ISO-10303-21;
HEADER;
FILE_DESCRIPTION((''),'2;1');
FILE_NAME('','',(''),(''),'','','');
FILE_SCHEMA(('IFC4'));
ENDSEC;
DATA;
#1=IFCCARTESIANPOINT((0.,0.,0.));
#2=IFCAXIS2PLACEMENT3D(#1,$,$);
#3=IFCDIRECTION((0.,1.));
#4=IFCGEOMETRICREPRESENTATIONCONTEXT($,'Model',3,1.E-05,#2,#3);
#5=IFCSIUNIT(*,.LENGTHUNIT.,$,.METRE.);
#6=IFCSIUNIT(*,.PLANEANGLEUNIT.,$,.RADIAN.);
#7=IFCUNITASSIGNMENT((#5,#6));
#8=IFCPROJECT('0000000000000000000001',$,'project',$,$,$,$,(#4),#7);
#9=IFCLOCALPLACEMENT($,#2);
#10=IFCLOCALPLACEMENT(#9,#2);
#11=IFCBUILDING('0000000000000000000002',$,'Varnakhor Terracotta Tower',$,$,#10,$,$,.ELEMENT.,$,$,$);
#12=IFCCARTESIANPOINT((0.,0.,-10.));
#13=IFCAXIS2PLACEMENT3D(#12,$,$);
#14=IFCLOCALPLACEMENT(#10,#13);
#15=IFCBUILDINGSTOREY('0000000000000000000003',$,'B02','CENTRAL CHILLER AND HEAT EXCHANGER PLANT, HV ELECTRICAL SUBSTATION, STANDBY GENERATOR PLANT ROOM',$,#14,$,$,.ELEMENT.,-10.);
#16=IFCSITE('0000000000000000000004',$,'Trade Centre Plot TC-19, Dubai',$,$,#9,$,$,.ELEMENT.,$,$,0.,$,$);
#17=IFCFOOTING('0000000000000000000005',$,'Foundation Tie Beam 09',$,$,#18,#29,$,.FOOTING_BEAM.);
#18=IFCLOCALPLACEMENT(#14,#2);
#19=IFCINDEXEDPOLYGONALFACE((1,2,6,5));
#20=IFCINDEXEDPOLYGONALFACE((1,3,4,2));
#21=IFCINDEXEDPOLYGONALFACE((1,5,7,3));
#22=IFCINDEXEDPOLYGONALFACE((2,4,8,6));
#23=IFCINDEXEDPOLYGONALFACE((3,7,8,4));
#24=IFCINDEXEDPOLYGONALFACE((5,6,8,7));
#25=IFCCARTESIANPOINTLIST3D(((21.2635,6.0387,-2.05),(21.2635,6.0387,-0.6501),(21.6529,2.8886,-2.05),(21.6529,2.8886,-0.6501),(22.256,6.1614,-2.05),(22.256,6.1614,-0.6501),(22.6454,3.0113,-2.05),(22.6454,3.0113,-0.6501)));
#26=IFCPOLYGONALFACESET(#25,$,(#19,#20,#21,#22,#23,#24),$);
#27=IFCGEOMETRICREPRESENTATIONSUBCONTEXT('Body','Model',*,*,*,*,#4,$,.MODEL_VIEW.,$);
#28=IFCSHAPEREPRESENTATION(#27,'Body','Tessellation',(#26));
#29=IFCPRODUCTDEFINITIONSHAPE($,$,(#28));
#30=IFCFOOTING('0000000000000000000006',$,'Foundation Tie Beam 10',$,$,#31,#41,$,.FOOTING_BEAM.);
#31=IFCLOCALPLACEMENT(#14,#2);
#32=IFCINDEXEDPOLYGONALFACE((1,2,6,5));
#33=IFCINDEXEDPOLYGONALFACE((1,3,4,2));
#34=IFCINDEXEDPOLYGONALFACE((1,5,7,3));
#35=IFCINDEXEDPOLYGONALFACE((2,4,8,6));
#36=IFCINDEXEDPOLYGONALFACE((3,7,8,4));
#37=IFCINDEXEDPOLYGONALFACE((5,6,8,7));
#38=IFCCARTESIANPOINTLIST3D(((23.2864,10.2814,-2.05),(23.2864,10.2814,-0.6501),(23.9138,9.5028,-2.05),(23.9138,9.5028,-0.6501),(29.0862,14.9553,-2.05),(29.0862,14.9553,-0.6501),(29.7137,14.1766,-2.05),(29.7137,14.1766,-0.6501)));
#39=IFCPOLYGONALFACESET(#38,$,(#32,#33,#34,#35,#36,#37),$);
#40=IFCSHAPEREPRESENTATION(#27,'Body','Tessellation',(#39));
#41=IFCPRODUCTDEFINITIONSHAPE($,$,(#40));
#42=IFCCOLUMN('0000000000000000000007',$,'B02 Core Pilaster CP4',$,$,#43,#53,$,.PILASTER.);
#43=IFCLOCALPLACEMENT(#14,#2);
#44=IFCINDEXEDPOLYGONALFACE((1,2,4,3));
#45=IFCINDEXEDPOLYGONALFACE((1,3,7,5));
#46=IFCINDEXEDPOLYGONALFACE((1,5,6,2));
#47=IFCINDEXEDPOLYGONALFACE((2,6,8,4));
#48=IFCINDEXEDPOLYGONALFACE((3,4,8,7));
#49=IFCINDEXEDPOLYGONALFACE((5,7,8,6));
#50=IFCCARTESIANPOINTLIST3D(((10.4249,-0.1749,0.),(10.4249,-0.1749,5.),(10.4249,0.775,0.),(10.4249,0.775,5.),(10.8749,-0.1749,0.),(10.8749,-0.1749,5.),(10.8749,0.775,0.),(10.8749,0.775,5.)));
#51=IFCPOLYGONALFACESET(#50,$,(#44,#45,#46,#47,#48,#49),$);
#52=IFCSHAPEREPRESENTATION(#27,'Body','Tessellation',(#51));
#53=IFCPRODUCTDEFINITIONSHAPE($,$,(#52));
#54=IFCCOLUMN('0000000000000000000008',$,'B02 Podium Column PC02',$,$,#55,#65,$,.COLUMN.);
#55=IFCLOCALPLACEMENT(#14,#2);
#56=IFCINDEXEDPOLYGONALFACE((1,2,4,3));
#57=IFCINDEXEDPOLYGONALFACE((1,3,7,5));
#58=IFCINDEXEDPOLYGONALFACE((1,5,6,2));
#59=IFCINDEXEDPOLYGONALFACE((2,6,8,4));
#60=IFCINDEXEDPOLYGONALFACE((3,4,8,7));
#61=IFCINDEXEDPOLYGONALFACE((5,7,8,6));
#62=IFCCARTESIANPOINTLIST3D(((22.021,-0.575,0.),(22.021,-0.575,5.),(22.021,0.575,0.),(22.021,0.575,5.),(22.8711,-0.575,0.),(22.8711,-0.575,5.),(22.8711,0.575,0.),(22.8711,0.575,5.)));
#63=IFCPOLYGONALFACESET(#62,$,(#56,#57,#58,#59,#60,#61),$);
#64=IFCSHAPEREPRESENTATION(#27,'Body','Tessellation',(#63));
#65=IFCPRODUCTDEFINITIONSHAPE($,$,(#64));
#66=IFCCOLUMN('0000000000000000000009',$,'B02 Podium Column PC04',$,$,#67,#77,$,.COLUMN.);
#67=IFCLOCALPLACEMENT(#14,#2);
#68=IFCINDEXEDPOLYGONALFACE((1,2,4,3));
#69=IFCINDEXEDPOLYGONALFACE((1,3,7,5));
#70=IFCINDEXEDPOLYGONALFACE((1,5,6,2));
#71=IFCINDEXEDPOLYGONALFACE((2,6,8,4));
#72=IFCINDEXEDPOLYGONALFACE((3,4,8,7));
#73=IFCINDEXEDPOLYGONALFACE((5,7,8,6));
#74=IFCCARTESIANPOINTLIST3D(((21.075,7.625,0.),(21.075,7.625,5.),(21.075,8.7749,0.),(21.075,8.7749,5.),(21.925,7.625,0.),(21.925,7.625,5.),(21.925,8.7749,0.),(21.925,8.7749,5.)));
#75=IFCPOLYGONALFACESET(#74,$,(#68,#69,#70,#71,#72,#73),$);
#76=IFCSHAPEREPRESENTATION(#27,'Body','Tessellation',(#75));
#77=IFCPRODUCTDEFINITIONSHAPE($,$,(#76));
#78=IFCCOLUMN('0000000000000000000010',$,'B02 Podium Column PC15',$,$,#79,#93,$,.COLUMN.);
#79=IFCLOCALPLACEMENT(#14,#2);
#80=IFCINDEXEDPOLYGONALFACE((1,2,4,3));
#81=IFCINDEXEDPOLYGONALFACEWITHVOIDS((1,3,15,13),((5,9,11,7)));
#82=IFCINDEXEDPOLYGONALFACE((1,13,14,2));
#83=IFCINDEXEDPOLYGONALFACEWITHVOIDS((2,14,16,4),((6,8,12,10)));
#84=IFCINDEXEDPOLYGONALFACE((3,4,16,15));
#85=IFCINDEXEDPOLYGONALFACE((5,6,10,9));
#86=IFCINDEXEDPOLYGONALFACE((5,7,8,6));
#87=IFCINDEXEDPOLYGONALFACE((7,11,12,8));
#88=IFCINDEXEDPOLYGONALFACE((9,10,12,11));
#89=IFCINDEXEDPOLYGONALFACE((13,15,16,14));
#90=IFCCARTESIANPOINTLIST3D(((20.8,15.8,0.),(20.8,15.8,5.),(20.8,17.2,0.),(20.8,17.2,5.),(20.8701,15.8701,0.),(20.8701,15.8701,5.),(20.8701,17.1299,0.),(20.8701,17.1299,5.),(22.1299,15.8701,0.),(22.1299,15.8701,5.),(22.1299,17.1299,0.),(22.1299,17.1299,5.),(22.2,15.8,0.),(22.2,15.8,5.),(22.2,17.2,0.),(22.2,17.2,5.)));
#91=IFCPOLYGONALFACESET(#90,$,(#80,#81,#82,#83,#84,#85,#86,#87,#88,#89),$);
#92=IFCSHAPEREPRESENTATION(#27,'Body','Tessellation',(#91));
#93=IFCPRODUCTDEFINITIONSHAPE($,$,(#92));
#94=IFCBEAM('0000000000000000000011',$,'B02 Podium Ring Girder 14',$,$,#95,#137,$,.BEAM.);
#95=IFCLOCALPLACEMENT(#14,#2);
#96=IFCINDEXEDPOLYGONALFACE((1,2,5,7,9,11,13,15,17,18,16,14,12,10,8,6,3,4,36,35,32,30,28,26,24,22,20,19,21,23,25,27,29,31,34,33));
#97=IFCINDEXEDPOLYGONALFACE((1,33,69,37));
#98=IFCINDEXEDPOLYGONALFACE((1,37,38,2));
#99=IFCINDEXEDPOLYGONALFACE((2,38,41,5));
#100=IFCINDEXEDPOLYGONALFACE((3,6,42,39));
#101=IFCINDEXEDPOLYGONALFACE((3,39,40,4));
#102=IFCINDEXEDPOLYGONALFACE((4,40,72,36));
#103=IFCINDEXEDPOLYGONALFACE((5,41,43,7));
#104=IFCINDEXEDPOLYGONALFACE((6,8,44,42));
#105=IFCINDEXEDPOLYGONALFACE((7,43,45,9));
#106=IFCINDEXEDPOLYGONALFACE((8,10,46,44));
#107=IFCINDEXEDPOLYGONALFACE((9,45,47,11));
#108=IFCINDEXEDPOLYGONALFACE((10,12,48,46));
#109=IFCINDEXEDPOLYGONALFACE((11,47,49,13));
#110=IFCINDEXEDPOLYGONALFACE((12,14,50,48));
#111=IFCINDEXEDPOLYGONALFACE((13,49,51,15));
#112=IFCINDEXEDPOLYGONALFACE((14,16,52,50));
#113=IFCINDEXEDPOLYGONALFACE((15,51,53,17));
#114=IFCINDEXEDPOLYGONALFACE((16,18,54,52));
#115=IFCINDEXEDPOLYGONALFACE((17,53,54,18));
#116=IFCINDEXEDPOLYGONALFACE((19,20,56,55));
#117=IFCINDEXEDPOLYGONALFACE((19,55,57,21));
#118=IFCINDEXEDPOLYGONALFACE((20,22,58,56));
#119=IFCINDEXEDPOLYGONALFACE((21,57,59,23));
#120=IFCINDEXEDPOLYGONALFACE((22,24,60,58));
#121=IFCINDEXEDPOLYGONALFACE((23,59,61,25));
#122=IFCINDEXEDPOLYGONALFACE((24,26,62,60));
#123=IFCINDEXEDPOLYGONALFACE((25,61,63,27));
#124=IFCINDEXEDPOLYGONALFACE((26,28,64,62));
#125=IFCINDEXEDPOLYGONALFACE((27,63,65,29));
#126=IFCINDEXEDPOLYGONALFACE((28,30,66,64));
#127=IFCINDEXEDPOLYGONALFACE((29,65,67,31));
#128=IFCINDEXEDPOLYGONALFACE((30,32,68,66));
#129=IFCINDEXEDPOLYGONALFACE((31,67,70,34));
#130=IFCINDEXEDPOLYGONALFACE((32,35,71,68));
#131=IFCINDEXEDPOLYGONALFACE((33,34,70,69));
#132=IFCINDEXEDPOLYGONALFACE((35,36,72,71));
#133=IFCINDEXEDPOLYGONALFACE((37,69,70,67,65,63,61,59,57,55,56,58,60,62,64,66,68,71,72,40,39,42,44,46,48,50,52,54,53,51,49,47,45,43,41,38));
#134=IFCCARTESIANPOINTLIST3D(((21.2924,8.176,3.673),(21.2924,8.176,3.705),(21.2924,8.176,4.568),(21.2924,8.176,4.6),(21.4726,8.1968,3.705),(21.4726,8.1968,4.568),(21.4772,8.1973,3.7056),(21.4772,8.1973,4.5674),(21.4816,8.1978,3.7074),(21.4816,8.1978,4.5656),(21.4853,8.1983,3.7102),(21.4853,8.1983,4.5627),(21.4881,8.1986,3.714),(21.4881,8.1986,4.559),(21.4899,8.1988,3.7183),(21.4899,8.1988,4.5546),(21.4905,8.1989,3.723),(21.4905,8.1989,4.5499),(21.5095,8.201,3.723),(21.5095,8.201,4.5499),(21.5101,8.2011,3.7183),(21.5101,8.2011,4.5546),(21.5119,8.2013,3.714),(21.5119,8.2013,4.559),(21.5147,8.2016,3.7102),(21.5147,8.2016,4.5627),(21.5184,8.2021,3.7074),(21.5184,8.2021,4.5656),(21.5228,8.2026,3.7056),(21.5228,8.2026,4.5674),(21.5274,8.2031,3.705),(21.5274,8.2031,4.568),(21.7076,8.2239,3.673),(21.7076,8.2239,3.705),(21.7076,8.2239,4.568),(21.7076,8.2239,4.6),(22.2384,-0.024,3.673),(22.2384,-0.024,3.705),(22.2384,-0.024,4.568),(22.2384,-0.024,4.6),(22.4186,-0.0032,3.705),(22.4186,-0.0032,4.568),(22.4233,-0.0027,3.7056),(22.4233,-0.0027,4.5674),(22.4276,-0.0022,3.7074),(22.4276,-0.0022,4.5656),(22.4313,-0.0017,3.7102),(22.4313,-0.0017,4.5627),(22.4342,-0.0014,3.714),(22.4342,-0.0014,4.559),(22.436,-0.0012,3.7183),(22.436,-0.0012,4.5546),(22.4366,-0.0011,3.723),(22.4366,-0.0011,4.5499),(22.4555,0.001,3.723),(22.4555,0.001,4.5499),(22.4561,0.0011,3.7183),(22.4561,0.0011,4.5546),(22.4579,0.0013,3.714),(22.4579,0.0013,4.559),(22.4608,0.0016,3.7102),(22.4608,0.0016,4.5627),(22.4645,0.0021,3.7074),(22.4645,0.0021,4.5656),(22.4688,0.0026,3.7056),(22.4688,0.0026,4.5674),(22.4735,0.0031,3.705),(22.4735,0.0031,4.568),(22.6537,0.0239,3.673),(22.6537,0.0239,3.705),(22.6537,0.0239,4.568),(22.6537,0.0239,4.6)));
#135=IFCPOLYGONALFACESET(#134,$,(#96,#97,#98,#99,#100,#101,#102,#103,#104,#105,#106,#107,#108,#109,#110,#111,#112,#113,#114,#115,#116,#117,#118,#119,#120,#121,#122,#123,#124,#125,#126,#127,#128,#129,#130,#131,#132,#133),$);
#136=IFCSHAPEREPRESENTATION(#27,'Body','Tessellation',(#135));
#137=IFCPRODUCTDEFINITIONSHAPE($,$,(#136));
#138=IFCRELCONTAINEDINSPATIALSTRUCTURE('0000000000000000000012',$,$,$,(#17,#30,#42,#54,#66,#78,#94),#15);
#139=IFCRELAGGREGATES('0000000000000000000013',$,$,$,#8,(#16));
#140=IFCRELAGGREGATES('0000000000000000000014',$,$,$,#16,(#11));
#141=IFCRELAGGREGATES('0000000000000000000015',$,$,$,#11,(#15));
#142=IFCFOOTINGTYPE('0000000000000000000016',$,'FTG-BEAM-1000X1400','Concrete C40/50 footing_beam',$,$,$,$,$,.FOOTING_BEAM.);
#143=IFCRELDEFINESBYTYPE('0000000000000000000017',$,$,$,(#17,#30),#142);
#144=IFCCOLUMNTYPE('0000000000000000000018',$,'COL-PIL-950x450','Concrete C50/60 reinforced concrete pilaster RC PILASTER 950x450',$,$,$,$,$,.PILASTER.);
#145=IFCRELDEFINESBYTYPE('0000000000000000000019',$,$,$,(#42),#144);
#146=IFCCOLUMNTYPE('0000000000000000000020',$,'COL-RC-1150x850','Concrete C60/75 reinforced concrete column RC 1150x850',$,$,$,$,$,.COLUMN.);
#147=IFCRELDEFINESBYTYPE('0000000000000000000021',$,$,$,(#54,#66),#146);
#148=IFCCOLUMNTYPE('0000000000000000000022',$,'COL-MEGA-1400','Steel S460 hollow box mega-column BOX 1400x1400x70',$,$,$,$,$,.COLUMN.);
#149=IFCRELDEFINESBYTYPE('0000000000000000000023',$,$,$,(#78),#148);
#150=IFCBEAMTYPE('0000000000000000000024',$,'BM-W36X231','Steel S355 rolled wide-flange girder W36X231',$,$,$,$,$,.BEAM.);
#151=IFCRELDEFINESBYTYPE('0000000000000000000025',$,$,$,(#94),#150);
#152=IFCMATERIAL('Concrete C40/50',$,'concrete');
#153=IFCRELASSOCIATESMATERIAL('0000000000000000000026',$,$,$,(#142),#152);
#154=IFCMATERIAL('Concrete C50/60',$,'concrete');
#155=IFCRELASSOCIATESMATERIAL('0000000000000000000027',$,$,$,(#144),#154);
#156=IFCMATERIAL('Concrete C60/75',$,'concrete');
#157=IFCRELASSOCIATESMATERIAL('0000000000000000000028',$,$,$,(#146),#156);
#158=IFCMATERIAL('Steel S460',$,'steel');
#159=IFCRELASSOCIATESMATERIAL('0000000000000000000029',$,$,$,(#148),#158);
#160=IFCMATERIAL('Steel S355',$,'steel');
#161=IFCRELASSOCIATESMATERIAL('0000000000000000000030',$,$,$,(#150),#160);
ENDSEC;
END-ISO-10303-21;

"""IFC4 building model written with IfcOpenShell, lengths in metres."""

from ifc_helpers import new_model, si_unit, direction, frame, origin, origin_2d, place, context, subcontext, project, spatial, rectangle, hollow_rectangle, i_section, extrude, source, transform, mapped, material, material_profile, profile_set, type_object, type_shapes, element, save


model = new_model("IFC4")

# Units and contexts
model_context = context("Model", 3, precision=1e-05, world=origin(), true_north=direction((0.0, 1.0)))
body_context = subcontext(model_context, "Body", "Model", "MODEL_VIEW")
ifc_project = project(units=[si_unit("LENGTHUNIT", "METRE"), si_unit("PLANEANGLEUNIT", "RADIAN")], contexts=[model_context])

# Site, building, storey
site_placement = place(None, origin())
site = spatial("IfcSite", under=ifc_project, at=site_placement, Name="Trade Centre Plot TC-19, Dubai", CompositionType="ELEMENT", RefElevation=0.0)
building_placement = place(site_placement, origin())
building = spatial("IfcBuilding", under=site, at=building_placement, Name="Varnakhor Terracotta Tower", CompositionType="ELEMENT")
storey_placement = place(building_placement, frame((0.0, 0.0, -10.0)))
storey = spatial("IfcBuildingStorey", under=building, at=storey_placement, Name="B02", Description="CENTRAL CHILLER AND HEAT EXCHANGER PLANT, HV ELECTRICAL SUBSTATION, STANDBY GENERATOR PLANT ROOM", CompositionType="ELEMENT", Elevation=-10.0)

# Shared definitions
ifc_material_1 = material(Name="Concrete C40/50", Category="concrete")

# Footings
ifc_material_profile_1 = material_profile(ifc_material_1, rectangle(XDim=1.0, YDim=1.3999, at=origin_2d()), Name="TIE BEAM 1000x1400")
ifc_profile_set_1 = profile_set([ifc_material_profile_1], Name="Concrete C40/50")
footing_type_1 = type_object("IfcFootingType", Name="FTG-BEAM-1000X1400", Description="Concrete C40/50 footing_beam", PredefinedType="FOOTING_BEAM", material=ifc_profile_set_1)
shared_shape_1 = source(origin(), body_context, "Body", "SweptSolid", [
    extrude(rectangle(XDim=1.0, YDim=1.3999, at=origin_2d()), origin(), (0.0, 0.0, 1.0), 3.1741),
])
type_shapes(footing_type_1, [shared_shape_1])
footing_1_placement = place(storey_placement, frame((22.1492, 2.95, -1.3501), z_axis=(-0.122681, 0.992446, 0.0), x_axis=(-0.992446, -0.122681, 0.0)))
element("IfcFooting", 1, at=footing_1_placement, inside=storey, type_object=footing_type_1, Name="Foundation Tie Beam 09", PredefinedType="FOOTING_BEAM", context=body_context, shape_type="MappedRepresentation", body=[
    mapped(shared_shape_1, transform((0.0, 0.0, 0.0), scale=1.0)),
])
shared_shape_2 = source(origin(), body_context, "Body", "SweptSolid", [
    extrude(rectangle(XDim=1.0, YDim=1.3999, at=origin_2d()), origin(), (0.0, 0.0, 1.0), 7.4487),
])
footing_2_placement = place(storey_placement, frame((23.6001, 9.8921, -1.3501), z_axis=(0.778638, 0.627473, 0.0), x_axis=(-0.627473, 0.778638, 0.0)))
element("IfcFooting", 2, at=footing_2_placement, inside=storey, type_object=footing_type_1, Name="Foundation Tie Beam 10", PredefinedType="FOOTING_BEAM", context=body_context, shape_type="MappedRepresentation", body=[
    mapped(shared_shape_2, transform((0.0, 0.0, 0.0), scale=1.0)),
])

# Columns
ifc_material_2 = material(Name="Concrete C50/60", Category="concrete")
ifc_material_profile_2 = material_profile(ifc_material_2, rectangle(XDim=0.45, YDim=0.95, at=origin_2d()), Name="RC PILASTER 950x450")
ifc_profile_set_2 = profile_set([ifc_material_profile_2], Name="Concrete C50/60")
column_type_1 = type_object("IfcColumnType", Name="COL-PIL-950x450", Description="Concrete C50/60 reinforced concrete pilaster RC PILASTER 950x450", PredefinedType="PILASTER", material=ifc_profile_set_2)
shared_shape_3 = source(origin(), body_context, "Body", "SweptSolid", [
    extrude(rectangle(XDim=0.45, YDim=0.95, at=origin_2d()), origin(), (0.0, 0.0, 1.0), 5.0),
])
type_shapes(column_type_1, [shared_shape_3])
column_1_placement = place(storey_placement, frame((10.6499, 0.3, 0.0), z_axis=(0.0, 0.0, 1.0), x_axis=(1.0, 0.0, 0.0)))
element("IfcColumn", 3, at=column_1_placement, inside=storey, type_object=column_type_1, Name="B02 Core Pilaster CP4", PredefinedType="PILASTER", context=body_context, shape_type="MappedRepresentation", body=[
    mapped(shared_shape_3, transform((0.0, 0.0, 0.0), scale=1.0)),
])
ifc_material_3 = material(Name="Concrete C60/75", Category="concrete")
ifc_material_profile_3 = material_profile(ifc_material_3, rectangle(XDim=0.8501, YDim=1.1499, at=origin_2d()), Name="RC 1150x850")
ifc_profile_set_3 = profile_set([ifc_material_profile_3], Name="Concrete C60/75")
column_type_2 = type_object("IfcColumnType", Name="COL-RC-1150x850", Description="Concrete C60/75 reinforced concrete column RC 1150x850", PredefinedType="COLUMN", material=ifc_profile_set_3)
shared_shape_4 = source(origin(), body_context, "Body", "SweptSolid", [
    extrude(rectangle(XDim=0.8501, YDim=1.1499, at=origin_2d()), origin(), (0.0, 0.0, 1.0), 5.0),
])
type_shapes(column_type_2, [shared_shape_4])
for number, where, z_axis, x_axis, name in (
    (4, (22.446, 0.0, 0.0), (0.0, 0.0, 1.0), (1.0, 0.0, 0.0), "B02 Podium Column PC02"),
    (5, (21.5, 8.2, 0.0), (0.0, 0.0, 1.0), (1.0, 0.0, 0.0), "B02 Podium Column PC04"),
):
    element("IfcColumn", number, at=place(storey_placement, frame(where, z_axis=z_axis, x_axis=x_axis)), inside=storey, type_object=column_type_2, Name=name, PredefinedType="COLUMN", context=body_context, shape_type="MappedRepresentation", body=[
        mapped(shared_shape_4, transform((0.0, 0.0, 0.0), scale=1.0)),
    ])
ifc_material_4 = material(Name="Steel S460", Category="steel")
ifc_material_profile_4 = material_profile(ifc_material_4, hollow_rectangle(XDim=1.3999, YDim=1.3999, WallThickness=0.0701, at=origin_2d()), Name="BOX 1400x1400x70")
ifc_profile_set_4 = profile_set([ifc_material_profile_4], Name="Steel S460")
column_type_3 = type_object("IfcColumnType", Name="COL-MEGA-1400", Description="Steel S460 hollow box mega-column BOX 1400x1400x70", PredefinedType="COLUMN", material=ifc_profile_set_4)
shared_shape_5 = source(origin(), body_context, "Body", "SweptSolid", [
    extrude(hollow_rectangle(XDim=1.3999, YDim=1.3999, WallThickness=0.0701, at=origin_2d()), origin(), (0.0, 0.0, 1.0), 5.0),
])
type_shapes(column_type_3, [shared_shape_5])
column_2_placement = place(storey_placement, frame((21.5, 16.5, 0.0), z_axis=(0.0, 0.0, 1.0), x_axis=(1.0, 0.0, 0.0)))
element("IfcColumn", 6, at=column_2_placement, inside=storey, type_object=column_type_3, Name="B02 Podium Column PC15", PredefinedType="COLUMN", context=body_context, shape_type="MappedRepresentation", body=[
    mapped(shared_shape_5, transform((0.0, 0.0, 0.0), scale=1.0)),
])

# Beam
ifc_material_5 = material(Name="Steel S355", Category="steel")
ifc_material_profile_5 = material_profile(ifc_material_5, i_section(OverallWidth=0.418, OverallDepth=0.927, WebThickness=0.019, FlangeThickness=0.032, FilletRadius=0.0181, at=origin_2d()), Name="W36X231")
ifc_profile_set_5 = profile_set([ifc_material_profile_5], Name="Steel S355")
beam_type_1 = type_object("IfcBeamType", Name="BM-W36X231", Description="Steel S355 rolled wide-flange girder W36X231", PredefinedType="BEAM", material=ifc_profile_set_5)
shared_shape_6 = source(origin(), body_context, "Body", "SweptSolid", [
    extrude(i_section(OverallWidth=0.418, OverallDepth=0.927, WebThickness=0.019, FlangeThickness=0.032, FilletRadius=0.0181, at=origin_2d()), origin(), (0.0, 0.0, 1.0), 8.2544),
])
type_shapes(beam_type_1, [shared_shape_6])
beam_1_placement = place(storey_placement, frame((21.5, 8.2, 4.1365), z_axis=(0.114612, -0.99341, 0.0), x_axis=(0.99341, 0.114612, 0.0)))
element("IfcBeam", 7, at=beam_1_placement, inside=storey, type_object=beam_type_1, Name="B02 Podium Ring Girder 14", PredefinedType="BEAM", context=body_context, shape_type="MappedRepresentation", body=[
    mapped(shared_shape_6, transform((0.0, 0.0, 0.0), scale=1.0)),
])

save(model, "model.ifc")
